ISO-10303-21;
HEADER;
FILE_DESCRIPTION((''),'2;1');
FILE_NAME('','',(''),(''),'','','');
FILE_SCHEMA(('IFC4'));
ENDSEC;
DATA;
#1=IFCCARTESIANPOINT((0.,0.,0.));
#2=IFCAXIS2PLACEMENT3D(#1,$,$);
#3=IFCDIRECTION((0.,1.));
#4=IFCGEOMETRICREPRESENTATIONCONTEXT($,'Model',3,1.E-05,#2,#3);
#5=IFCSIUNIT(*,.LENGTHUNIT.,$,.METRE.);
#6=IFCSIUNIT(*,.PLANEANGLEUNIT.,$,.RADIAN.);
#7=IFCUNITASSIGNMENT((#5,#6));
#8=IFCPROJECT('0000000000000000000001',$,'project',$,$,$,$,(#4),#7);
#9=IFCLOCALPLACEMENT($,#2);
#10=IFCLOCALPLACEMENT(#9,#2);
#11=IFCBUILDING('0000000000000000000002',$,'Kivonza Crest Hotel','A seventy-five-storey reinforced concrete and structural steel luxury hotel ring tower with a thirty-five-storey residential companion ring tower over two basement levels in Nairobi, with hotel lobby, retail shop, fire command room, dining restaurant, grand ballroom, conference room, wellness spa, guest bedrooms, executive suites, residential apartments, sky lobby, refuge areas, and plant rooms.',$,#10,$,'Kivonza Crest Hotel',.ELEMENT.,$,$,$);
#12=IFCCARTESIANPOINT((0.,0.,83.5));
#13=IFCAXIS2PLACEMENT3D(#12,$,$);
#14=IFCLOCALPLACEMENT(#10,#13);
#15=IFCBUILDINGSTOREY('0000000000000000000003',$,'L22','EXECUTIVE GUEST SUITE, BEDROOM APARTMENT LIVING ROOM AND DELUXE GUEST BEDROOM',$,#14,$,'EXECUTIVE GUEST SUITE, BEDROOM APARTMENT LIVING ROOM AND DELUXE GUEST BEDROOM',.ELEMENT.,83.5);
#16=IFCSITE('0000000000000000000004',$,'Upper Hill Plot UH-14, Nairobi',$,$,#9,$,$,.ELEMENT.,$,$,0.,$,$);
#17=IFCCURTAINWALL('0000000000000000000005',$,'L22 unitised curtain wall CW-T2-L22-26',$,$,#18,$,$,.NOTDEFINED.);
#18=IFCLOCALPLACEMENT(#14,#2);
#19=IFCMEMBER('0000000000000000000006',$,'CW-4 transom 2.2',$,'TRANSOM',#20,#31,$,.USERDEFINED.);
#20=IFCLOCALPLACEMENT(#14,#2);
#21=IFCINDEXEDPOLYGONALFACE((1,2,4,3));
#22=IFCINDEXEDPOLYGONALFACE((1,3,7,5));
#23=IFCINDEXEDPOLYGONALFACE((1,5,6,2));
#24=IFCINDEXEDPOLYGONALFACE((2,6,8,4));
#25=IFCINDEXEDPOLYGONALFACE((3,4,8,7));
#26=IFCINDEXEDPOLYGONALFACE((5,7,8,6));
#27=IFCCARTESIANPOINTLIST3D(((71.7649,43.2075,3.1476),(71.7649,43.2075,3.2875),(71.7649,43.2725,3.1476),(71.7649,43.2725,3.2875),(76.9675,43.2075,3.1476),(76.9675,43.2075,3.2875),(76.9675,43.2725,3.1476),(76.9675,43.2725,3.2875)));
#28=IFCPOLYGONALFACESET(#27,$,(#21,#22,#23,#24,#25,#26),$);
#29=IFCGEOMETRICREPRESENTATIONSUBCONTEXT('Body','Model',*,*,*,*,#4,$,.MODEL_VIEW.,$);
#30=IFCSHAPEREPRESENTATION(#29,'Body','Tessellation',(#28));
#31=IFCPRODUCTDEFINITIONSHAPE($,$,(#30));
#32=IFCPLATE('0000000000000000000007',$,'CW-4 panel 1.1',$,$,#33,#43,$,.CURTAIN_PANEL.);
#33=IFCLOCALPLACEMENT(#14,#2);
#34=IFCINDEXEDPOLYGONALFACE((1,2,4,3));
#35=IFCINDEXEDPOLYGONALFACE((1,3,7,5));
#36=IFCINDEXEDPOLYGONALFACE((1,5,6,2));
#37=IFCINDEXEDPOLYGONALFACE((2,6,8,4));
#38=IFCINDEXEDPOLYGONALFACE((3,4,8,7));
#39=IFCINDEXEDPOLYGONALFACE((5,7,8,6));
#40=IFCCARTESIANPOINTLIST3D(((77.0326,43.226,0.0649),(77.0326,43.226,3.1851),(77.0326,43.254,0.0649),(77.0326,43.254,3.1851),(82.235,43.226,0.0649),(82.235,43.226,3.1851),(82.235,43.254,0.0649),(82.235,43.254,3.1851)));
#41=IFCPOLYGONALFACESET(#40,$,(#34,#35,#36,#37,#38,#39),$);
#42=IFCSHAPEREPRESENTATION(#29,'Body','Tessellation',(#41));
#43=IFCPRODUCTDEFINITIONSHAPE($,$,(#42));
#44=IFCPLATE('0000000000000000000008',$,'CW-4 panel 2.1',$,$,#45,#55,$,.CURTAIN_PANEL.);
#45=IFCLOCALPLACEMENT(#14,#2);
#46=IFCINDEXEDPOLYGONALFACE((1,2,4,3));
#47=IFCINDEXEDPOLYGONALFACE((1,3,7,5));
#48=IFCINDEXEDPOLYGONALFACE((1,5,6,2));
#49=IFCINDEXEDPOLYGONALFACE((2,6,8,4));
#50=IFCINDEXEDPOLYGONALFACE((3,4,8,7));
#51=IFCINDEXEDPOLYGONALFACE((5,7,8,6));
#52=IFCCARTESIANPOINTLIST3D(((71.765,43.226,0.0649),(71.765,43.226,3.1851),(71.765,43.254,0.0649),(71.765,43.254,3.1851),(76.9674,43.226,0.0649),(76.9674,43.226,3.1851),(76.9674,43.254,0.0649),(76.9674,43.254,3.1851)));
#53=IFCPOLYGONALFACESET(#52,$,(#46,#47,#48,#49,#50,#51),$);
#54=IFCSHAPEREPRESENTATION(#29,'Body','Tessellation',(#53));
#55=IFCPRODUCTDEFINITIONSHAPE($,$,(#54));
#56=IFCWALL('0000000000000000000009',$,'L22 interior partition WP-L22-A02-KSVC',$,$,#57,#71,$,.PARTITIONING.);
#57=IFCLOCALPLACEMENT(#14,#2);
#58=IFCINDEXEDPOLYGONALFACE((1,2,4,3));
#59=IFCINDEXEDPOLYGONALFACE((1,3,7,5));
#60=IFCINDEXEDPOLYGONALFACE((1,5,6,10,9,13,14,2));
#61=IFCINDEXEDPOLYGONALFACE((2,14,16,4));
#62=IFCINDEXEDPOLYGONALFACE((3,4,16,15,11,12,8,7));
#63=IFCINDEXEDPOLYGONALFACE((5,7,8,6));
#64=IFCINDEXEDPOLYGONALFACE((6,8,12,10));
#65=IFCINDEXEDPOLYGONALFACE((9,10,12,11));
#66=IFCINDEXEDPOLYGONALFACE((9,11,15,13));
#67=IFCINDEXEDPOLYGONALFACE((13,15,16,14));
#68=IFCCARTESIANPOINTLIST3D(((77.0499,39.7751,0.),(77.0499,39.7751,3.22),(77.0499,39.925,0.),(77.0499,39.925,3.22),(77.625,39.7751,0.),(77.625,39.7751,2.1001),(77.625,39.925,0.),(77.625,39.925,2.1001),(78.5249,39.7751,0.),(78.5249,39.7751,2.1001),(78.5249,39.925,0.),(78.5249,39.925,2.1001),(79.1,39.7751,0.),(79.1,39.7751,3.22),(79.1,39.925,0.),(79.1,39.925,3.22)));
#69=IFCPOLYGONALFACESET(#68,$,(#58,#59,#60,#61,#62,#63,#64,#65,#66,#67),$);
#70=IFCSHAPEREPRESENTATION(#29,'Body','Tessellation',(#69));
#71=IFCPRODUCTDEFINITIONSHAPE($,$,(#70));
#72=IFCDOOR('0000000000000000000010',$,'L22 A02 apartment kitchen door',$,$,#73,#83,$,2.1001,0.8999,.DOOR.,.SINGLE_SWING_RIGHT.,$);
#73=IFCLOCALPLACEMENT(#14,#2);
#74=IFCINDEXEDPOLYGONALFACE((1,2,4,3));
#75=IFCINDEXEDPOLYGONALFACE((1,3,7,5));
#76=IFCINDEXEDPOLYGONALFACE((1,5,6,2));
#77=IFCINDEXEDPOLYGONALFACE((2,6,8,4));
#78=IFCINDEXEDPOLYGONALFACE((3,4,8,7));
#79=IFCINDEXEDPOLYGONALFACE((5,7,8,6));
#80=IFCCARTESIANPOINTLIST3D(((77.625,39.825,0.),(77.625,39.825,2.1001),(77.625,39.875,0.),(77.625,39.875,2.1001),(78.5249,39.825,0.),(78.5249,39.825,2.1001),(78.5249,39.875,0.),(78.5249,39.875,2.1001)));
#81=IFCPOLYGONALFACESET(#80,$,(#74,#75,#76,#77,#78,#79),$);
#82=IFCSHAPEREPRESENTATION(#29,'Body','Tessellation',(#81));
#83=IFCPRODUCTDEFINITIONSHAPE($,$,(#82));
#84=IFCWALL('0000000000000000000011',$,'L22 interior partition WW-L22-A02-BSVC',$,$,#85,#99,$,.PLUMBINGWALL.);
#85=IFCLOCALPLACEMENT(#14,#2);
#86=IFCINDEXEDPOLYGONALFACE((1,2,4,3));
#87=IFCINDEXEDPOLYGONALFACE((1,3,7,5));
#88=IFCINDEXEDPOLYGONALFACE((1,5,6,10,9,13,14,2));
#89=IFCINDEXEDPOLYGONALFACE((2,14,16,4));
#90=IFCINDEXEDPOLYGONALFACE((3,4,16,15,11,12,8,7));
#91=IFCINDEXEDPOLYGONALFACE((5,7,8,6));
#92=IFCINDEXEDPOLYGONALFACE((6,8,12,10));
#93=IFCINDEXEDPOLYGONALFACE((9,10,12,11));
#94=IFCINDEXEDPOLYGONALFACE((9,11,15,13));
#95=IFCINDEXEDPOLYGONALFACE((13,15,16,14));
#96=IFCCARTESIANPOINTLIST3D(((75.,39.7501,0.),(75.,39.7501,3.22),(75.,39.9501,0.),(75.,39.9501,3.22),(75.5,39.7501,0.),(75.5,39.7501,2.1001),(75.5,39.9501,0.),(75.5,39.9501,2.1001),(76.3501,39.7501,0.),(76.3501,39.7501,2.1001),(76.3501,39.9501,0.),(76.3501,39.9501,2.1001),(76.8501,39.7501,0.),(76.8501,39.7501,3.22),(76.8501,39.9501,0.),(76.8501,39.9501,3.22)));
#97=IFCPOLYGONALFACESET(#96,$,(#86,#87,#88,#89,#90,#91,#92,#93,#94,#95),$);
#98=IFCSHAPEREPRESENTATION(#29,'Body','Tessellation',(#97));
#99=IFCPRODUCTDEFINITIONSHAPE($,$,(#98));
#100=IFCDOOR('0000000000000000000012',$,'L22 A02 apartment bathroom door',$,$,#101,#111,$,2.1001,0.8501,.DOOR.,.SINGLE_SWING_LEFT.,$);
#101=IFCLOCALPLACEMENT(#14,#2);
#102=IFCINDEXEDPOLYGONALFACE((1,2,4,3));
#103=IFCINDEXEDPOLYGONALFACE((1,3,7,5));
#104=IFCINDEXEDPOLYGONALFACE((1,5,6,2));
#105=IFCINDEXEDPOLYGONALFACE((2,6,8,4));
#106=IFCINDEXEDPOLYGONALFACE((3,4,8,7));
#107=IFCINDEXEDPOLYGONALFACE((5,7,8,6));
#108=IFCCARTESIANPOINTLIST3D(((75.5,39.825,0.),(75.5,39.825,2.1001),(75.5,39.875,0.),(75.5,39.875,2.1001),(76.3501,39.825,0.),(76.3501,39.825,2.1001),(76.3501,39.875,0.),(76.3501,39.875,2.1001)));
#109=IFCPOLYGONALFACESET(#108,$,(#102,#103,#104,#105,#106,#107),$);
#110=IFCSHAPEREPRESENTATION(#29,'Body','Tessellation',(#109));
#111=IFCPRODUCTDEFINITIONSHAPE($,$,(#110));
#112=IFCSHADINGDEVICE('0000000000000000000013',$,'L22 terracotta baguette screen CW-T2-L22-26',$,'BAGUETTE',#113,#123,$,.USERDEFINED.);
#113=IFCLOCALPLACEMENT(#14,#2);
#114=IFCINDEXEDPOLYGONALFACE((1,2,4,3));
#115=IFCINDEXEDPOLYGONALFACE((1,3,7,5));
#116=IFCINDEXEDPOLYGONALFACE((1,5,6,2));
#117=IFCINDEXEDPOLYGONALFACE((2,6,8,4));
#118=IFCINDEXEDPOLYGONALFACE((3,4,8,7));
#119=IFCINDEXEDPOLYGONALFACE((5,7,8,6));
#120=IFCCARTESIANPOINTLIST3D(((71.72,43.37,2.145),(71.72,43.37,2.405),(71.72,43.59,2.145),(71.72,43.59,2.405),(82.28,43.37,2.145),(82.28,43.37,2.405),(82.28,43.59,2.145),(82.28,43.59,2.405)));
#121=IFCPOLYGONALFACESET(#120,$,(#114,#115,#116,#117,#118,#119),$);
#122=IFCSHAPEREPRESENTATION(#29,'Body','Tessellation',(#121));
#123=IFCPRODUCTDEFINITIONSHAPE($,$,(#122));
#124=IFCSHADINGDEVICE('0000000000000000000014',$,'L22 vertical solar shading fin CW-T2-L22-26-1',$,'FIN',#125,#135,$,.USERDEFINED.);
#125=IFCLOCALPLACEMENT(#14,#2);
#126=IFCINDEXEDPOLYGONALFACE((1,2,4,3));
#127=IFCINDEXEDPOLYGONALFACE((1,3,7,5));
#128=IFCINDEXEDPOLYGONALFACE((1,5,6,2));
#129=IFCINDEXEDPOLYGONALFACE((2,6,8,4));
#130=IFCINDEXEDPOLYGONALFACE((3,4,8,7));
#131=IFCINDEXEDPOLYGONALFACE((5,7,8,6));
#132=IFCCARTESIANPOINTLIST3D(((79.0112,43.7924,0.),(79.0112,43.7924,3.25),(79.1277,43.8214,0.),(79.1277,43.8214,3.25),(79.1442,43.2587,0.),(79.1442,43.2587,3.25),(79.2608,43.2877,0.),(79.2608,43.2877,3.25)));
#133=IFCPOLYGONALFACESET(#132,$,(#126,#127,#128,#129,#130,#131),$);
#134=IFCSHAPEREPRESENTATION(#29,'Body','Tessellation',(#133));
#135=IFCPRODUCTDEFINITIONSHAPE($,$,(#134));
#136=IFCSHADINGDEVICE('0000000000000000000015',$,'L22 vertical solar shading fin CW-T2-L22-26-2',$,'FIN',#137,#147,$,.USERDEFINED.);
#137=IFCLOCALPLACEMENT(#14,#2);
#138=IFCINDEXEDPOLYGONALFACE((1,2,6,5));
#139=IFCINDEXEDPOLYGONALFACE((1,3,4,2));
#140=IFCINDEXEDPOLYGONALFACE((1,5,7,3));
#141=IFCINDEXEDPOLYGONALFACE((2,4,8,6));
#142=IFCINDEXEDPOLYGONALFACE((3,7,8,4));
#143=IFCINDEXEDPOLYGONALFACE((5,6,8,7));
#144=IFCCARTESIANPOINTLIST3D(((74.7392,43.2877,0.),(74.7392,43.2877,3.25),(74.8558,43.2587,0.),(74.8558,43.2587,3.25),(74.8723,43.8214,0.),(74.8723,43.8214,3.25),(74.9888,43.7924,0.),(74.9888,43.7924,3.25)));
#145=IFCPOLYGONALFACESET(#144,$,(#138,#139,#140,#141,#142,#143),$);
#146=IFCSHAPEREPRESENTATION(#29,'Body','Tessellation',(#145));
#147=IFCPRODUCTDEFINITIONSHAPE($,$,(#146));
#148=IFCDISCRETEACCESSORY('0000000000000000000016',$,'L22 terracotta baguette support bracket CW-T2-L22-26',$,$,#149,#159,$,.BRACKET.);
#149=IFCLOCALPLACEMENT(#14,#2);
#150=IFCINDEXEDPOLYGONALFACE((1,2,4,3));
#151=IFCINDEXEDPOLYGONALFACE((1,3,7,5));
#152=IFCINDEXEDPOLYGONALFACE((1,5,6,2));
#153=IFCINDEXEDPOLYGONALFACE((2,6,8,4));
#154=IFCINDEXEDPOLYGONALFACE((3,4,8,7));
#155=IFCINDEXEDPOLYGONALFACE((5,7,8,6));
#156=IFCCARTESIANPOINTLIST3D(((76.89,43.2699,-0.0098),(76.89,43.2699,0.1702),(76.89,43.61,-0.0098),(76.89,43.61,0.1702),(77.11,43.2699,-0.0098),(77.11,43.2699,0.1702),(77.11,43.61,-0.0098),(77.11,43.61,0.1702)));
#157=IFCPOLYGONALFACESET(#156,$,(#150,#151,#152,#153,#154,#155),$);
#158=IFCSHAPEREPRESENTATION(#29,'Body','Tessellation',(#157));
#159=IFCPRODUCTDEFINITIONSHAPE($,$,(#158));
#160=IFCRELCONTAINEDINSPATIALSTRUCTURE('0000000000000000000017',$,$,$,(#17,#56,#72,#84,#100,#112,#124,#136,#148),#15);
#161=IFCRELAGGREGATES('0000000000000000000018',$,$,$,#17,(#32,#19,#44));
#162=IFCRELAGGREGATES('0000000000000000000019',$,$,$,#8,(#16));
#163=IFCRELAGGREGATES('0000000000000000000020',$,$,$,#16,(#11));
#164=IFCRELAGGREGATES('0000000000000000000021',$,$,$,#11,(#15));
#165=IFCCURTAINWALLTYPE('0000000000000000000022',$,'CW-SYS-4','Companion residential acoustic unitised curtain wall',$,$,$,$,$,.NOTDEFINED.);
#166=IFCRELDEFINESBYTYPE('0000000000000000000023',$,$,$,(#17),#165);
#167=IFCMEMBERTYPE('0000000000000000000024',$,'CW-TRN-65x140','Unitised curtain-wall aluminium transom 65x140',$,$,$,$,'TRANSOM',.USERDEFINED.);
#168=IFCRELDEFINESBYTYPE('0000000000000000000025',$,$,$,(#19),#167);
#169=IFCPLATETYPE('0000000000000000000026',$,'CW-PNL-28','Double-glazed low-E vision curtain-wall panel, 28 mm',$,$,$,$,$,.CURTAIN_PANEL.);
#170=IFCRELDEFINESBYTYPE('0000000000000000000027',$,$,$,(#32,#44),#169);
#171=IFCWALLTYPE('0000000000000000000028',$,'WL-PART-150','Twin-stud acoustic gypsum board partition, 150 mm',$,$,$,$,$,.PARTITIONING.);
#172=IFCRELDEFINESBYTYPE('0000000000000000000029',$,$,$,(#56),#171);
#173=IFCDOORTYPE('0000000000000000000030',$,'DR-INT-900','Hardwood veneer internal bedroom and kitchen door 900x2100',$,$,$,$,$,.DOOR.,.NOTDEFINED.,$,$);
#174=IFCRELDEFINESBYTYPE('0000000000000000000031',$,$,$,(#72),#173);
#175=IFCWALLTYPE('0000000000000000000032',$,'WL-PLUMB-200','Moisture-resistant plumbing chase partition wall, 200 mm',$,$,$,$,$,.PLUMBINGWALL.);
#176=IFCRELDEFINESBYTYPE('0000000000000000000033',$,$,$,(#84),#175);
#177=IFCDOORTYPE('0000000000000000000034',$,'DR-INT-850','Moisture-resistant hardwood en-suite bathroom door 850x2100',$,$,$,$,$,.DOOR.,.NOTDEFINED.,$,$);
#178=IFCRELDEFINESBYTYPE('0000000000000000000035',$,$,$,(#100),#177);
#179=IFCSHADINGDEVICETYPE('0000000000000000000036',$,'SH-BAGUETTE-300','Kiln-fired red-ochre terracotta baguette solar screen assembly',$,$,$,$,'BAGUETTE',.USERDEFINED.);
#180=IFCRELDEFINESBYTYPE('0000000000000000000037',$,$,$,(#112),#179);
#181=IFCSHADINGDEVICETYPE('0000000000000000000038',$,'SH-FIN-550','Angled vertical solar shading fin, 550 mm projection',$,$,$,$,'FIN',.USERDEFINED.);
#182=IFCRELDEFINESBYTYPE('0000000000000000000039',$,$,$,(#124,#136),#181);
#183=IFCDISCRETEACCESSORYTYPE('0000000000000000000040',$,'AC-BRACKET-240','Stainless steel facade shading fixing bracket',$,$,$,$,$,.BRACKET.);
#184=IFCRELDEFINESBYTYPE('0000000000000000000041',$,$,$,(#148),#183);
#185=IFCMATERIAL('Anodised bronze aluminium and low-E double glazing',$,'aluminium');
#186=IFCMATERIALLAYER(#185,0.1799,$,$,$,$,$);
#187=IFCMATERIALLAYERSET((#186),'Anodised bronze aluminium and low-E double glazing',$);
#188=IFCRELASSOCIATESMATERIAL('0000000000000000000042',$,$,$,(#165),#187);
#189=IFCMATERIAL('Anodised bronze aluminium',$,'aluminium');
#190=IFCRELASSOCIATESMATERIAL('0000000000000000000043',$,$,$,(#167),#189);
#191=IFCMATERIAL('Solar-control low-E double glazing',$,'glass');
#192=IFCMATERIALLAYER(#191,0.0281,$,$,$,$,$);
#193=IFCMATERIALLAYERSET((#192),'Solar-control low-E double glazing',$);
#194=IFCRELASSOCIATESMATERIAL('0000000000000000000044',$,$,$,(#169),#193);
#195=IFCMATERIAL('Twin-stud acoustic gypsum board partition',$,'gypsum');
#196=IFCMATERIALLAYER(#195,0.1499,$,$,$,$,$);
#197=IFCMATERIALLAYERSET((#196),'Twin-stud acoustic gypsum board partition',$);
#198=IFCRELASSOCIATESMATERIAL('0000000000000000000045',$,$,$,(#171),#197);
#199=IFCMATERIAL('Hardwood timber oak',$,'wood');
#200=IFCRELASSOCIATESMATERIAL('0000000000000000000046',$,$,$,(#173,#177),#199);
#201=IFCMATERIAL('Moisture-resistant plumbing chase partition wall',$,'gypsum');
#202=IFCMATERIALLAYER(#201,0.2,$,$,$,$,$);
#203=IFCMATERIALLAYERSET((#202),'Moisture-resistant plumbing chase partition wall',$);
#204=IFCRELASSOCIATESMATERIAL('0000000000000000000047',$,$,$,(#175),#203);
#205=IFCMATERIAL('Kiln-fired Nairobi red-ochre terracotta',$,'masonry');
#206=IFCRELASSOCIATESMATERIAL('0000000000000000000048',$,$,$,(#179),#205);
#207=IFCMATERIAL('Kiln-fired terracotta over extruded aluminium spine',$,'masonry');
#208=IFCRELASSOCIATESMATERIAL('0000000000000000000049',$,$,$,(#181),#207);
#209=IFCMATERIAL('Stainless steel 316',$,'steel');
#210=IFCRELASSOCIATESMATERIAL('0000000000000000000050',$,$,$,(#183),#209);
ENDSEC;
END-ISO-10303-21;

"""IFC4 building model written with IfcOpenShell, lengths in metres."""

from ifc_helpers import new_model, si_unit, direction, frame, frame_2d, origin, origin_2d, place, context, subcontext, project, spatial, rectangle, extrude, material, layer, layer_set, material_profile, profile_set, type_object, element, fill, aggregate, save


model = new_model("IFC4")

# Units and contexts
model_context = context("Model", 3, precision=1e-05, world=origin(), true_north=direction((0.0, 1.0)))
body_context = subcontext(model_context, "Body", "Model", "MODEL_VIEW")
ifc_project = project(units=[si_unit("LENGTHUNIT", "METRE"), si_unit("PLANEANGLEUNIT", "RADIAN")], contexts=[model_context])

# Site, building, storey
site_placement = place(None, origin())
site = spatial("IfcSite", under=ifc_project, at=site_placement, Name="Upper Hill Plot UH-14, Nairobi", CompositionType="ELEMENT", RefElevation=0.0)
building_placement = place(site_placement, origin())
building = spatial("IfcBuilding", under=site, at=building_placement, Name="Kivonza Crest Hotel", Description="A seventy-five-storey reinforced concrete and structural steel luxury hotel ring tower with a thirty-five-storey residential companion ring tower over two basement levels in Nairobi, with hotel lobby, retail shop, fire command room, dining restaurant, grand ballroom, conference room, wellness spa, guest bedrooms, executive suites, residential apartments, sky lobby, refuge areas, and plant rooms.", LongName="Kivonza Crest Hotel", CompositionType="ELEMENT")
storey_placement = place(building_placement, frame((0.0, 0.0, 83.5)))
storey = spatial("IfcBuildingStorey", under=building, at=storey_placement, Name="L22", Description="EXECUTIVE GUEST SUITE, BEDROOM APARTMENT LIVING ROOM AND DELUXE GUEST BEDROOM", LongName="EXECUTIVE GUEST SUITE, BEDROOM APARTMENT LIVING ROOM AND DELUXE GUEST BEDROOM", CompositionType="ELEMENT", Elevation=83.5)

# Curtain wall, member, plates
ifc_material_1 = material(Name="Anodised bronze aluminium and low-E double glazing", Category="aluminium")
ifc_layer_1 = layer(ifc_material_1, 0.1799)
ifc_layer_set_1 = layer_set([ifc_layer_1], Name="Anodised bronze aluminium and low-E double glazing")
curtain_wall_type = type_object("IfcCurtainWallType", Name="CW-SYS-4", Description="Companion residential acoustic unitised curtain wall", PredefinedType="NOTDEFINED", material=ifc_layer_set_1)
curtain_wall_placement = place(storey_placement, origin())
curtain_wall = element("IfcCurtainWall", 1, at=curtain_wall_placement, inside=storey, type_object=curtain_wall_type, Name="L22 unitised curtain wall CW-T2-L22-26", PredefinedType="NOTDEFINED")
ifc_material_2 = material(Name="Anodised bronze aluminium", Category="aluminium")
ifc_material_profile_1 = material_profile(ifc_material_2, rectangle(XDim=0.0649, YDim=0.1399, at=origin_2d()), Name="CW-T 65x140")
ifc_profile_set_1 = profile_set([ifc_material_profile_1], Name="Anodised bronze aluminium")
member_type_1 = type_object("IfcMemberType", Name="CW-TRN-65x140", Description="Unitised curtain-wall aluminium transom 65x140", ElementType="TRANSOM", PredefinedType="USERDEFINED", material=ifc_profile_set_1)
member_1_placement = place(storey_placement, frame((76.9675, 43.24, 3.2175), z_axis=(-1.0, 0.0, 0.0), x_axis=(0.0, -1.0, 0.0)))
member_1 = element("IfcMember", 2, at=member_1_placement, type_object=member_type_1, Name="CW-4 transom 2.2", ObjectType="TRANSOM", PredefinedType="USERDEFINED", context=body_context, shape_type="SweptSolid", body=[
    extrude(rectangle(XDim=0.0649, YDim=0.1399, at=origin_2d()), origin(), (0.0, 0.0, 1.0), 5.2026),
])
ifc_material_3 = material(Name="Solar-control low-E double glazing", Category="glass")
ifc_layer_2 = layer(ifc_material_3, 0.0281)
ifc_layer_set_2 = layer_set([ifc_layer_2], Name="Solar-control low-E double glazing")
plate_type = type_object("IfcPlateType", Name="CW-PNL-28", Description="Double-glazed low-E vision curtain-wall panel, 28 mm", PredefinedType="CURTAIN_PANEL", material=ifc_layer_set_2)
plate_1_placement = place(storey_placement, frame((79.6338, 43.24, 0.0649), z_axis=(0.0, 0.0, 1.0), x_axis=(-1.0, 0.0, 0.0)))
plate_1 = element("IfcPlate", 3, at=plate_1_placement, type_object=plate_type, Name="CW-4 panel 1.1", PredefinedType="CURTAIN_PANEL", context=body_context, shape_type="SweptSolid", body=[
    extrude(rectangle(XDim=5.2024, YDim=0.0281, at=origin_2d()), origin(), (0.0, 0.0, 1.0), 3.1201),
])
plate_2_placement = place(storey_placement, frame((74.3662, 43.24, 0.0649), z_axis=(0.0, 0.0, 1.0), x_axis=(-1.0, 0.0, 0.0)))
plate_2 = element("IfcPlate", 4, at=plate_2_placement, type_object=plate_type, Name="CW-4 panel 2.1", PredefinedType="CURTAIN_PANEL", context=body_context, shape_type="SweptSolid", body=[
    extrude(rectangle(XDim=5.2024, YDim=0.0281, at=origin_2d()), origin(), (0.0, 0.0, 1.0), 3.1201),
])
aggregate(curtain_wall, [plate_1, member_1, plate_2])

# Walls, openings, doors
ifc_material_4 = material(Name="Twin-stud acoustic gypsum board partition", Category="gypsum")
ifc_layer_3 = layer(ifc_material_4, 0.1499)
ifc_layer_set_3 = layer_set([ifc_layer_3], Name="Twin-stud acoustic gypsum board partition")
wall_type_1 = type_object("IfcWallType", Name="WL-PART-150", Description="Twin-stud acoustic gypsum board partition, 150 mm", PredefinedType="PARTITIONING", material=ifc_layer_set_3)
wall_1_placement = place(storey_placement, frame((77.05, 39.8501, 0.0), z_axis=(0.0, 0.0, 1.0), x_axis=(1.0, 0.0, 0.0)))
wall_1 = element("IfcWall", 5, at=wall_1_placement, inside=storey, type_object=wall_type_1, Name="L22 interior partition WP-L22-A02-KSVC", PredefinedType="PARTITIONING", context=body_context, shape_type="SweptSolid", body=[
    extrude(rectangle(XDim=2.05, YDim=0.1499, at=frame_2d((1.0249, 0.0))), origin(), (0.0, 0.0, 1.0), 3.22),
])
opening_1_placement = place(wall_1_placement, frame((0.575, 0.0, 0.0)))
opening_1 = element("IfcOpeningElement", 6, at=opening_1_placement, cuts=wall_1, PredefinedType="OPENING", context=body_context, shape_type="SweptSolid", body=[
    extrude(rectangle(XDim=0.8999, YDim=2.1001, at=frame_2d((0.45, 1.05))), frame((0.0, 0.085, 0.0), z_axis=(0.0, -1.0, 0.0), x_axis=(1.0, 0.0, 0.0)), (0.0, 0.0, 1.0), 0.1699),
])
ifc_material_5 = material(Name="Hardwood timber oak", Category="wood")
door_type_1 = type_object("IfcDoorType", Name="DR-INT-900", Description="Hardwood veneer internal bedroom and kitchen door 900x2100", OperationType="NOTDEFINED", PredefinedType="DOOR", material=ifc_material_5)
door_1_placement = place(opening_1_placement, origin())
door_1 = element("IfcDoor", 7, at=door_1_placement, inside=storey, type_object=door_type_1, Name="L22 A02 apartment kitchen door", OperationType="SINGLE_SWING_RIGHT", OverallHeight=2.1001, OverallWidth=0.8999, PredefinedType="DOOR", context=body_context, shape_type="SweptSolid", body=[
    extrude(rectangle(XDim=0.8999, YDim=2.1001, at=frame_2d((0.45, 1.05))), frame((0.0, 0.0249, 0.0), z_axis=(0.0, -1.0, 0.0), x_axis=(1.0, 0.0, 0.0)), (0.0, 0.0, 1.0), 0.05),
])
fill(opening_1, door_1)
ifc_material_6 = material(Name="Moisture-resistant plumbing chase partition wall", Category="gypsum")
ifc_layer_4 = layer(ifc_material_6, 0.2)
ifc_layer_set_4 = layer_set([ifc_layer_4], Name="Moisture-resistant plumbing chase partition wall")
wall_type_2 = type_object("IfcWallType", Name="WL-PLUMB-200", Description="Moisture-resistant plumbing chase partition wall, 200 mm", PredefinedType="PLUMBINGWALL", material=ifc_layer_set_4)
wall_2_placement = place(storey_placement, frame((75.0, 39.8501, 0.0), z_axis=(0.0, 0.0, 1.0), x_axis=(1.0, 0.0, 0.0)))
wall_2 = element("IfcWall", 8, at=wall_2_placement, inside=storey, type_object=wall_type_2, Name="L22 interior partition WW-L22-A02-BSVC", PredefinedType="PLUMBINGWALL", context=body_context, shape_type="SweptSolid", body=[
    extrude(rectangle(XDim=1.8501, YDim=0.2, at=frame_2d((0.925, 0.0))), origin(), (0.0, 0.0, 1.0), 3.22),
])
opening_2_placement = place(wall_2_placement, frame((0.5, 0.0, 0.0)))
opening_2 = element("IfcOpeningElement", 9, at=opening_2_placement, cuts=wall_2, PredefinedType="OPENING", context=body_context, shape_type="SweptSolid", body=[
    extrude(rectangle(XDim=0.8501, YDim=2.1001, at=frame_2d((0.425, 1.05))), frame((0.0, 0.1099, 0.0), z_axis=(0.0, -1.0, 0.0), x_axis=(1.0, 0.0, 0.0)), (0.0, 0.0, 1.0), 0.22),
])
door_type_2 = type_object("IfcDoorType", Name="DR-INT-850", Description="Moisture-resistant hardwood en-suite bathroom door 850x2100", OperationType="NOTDEFINED", PredefinedType="DOOR", material=ifc_material_5)
door_2_placement = place(opening_2_placement, origin())
door_2 = element("IfcDoor", 10, at=door_2_placement, inside=storey, type_object=door_type_2, Name="L22 A02 apartment bathroom door", OperationType="SINGLE_SWING_LEFT", OverallHeight=2.1001, OverallWidth=0.8501, PredefinedType="DOOR", context=body_context, shape_type="SweptSolid", body=[
    extrude(rectangle(XDim=0.8501, YDim=2.1001, at=frame_2d((0.425, 1.05))), frame((0.0, 0.0249, 0.0), z_axis=(0.0, -1.0, 0.0), x_axis=(1.0, 0.0, 0.0)), (0.0, 0.0, 1.0), 0.05),
])
fill(opening_2, door_2)

# Shading devices
ifc_material_7 = material(Name="Kiln-fired Nairobi red-ochre terracotta", Category="masonry")
shading_device_type_1 = type_object("IfcShadingDeviceType", Name="SH-BAGUETTE-300", Description="Kiln-fired red-ochre terracotta baguette solar screen assembly", ElementType="BAGUETTE", PredefinedType="USERDEFINED", material=ifc_material_7)
shading_device_placement = place(storey_placement, frame((77.0, 43.48, 2.145), z_axis=(0.0, 0.0, 1.0), x_axis=(-1.0, 0.0, 0.0)))
element("IfcShadingDevice", 11, at=shading_device_placement, inside=storey, type_object=shading_device_type_1, Name="L22 terracotta baguette screen CW-T2-L22-26", ObjectType="BAGUETTE", PredefinedType="USERDEFINED", context=body_context, shape_type="SweptSolid", body=[
    extrude(rectangle(XDim=10.5601, YDim=0.22, at=origin_2d()), origin(), (0.0, 0.0, 1.0), 0.26),
])
ifc_material_8 = material(Name="Kiln-fired terracotta over extruded aluminium spine", Category="masonry")
shading_device_type_2 = type_object("IfcShadingDeviceType", Name="SH-FIN-550", Description="Angled vertical solar shading fin, 550 mm projection", ElementType="FIN", PredefinedType="USERDEFINED", material=ifc_material_8)
for number, where, z_axis, x_axis, name in (
    (12, (79.136, 43.54, 0.0), (0.0, 0.0, 1.0), (-0.970296, -0.241922, 0.0), "L22 vertical solar shading fin CW-T2-L22-26-1"),
    (13, (74.864, 43.54, 0.0), (0.0, 0.0, 1.0), (-0.970296, 0.241922, 0.0), "L22 vertical solar shading fin CW-T2-L22-26-2"),
):
    element("IfcShadingDevice", number, at=place(storey_placement, frame(where, z_axis=z_axis, x_axis=x_axis)), inside=storey, type_object=shading_device_type_2, Name=name, ObjectType="FIN", PredefinedType="USERDEFINED", context=body_context, shape_type="SweptSolid", body=[
        extrude(rectangle(XDim=0.1201, YDim=0.55, at=origin_2d()), origin(), (0.0, 0.0, 1.0), 3.25),
    ])

# Discrete accessory
ifc_material_9 = material(Name="Stainless steel 316", Category="steel")
discrete_accessory_type = type_object("IfcDiscreteAccessoryType", Name="AC-BRACKET-240", Description="Stainless steel facade shading fixing bracket", PredefinedType="BRACKET", material=ifc_material_9)
discrete_accessory_placement = place(storey_placement, frame((77.0, 43.4399, -0.0098), z_axis=(0.0, 0.0, 1.0), x_axis=(-1.0, 0.0, 0.0)))
element("IfcDiscreteAccessory", 14, at=discrete_accessory_placement, inside=storey, type_object=discrete_accessory_type, Name="L22 terracotta baguette support bracket CW-T2-L22-26", PredefinedType="BRACKET", context=body_context, shape_type="SweptSolid", body=[
    extrude(rectangle(XDim=0.22, YDim=0.3401, at=origin_2d()), origin(), (0.0, 0.0, 1.0), 0.1799),
])

save(model, "model.ifc")
